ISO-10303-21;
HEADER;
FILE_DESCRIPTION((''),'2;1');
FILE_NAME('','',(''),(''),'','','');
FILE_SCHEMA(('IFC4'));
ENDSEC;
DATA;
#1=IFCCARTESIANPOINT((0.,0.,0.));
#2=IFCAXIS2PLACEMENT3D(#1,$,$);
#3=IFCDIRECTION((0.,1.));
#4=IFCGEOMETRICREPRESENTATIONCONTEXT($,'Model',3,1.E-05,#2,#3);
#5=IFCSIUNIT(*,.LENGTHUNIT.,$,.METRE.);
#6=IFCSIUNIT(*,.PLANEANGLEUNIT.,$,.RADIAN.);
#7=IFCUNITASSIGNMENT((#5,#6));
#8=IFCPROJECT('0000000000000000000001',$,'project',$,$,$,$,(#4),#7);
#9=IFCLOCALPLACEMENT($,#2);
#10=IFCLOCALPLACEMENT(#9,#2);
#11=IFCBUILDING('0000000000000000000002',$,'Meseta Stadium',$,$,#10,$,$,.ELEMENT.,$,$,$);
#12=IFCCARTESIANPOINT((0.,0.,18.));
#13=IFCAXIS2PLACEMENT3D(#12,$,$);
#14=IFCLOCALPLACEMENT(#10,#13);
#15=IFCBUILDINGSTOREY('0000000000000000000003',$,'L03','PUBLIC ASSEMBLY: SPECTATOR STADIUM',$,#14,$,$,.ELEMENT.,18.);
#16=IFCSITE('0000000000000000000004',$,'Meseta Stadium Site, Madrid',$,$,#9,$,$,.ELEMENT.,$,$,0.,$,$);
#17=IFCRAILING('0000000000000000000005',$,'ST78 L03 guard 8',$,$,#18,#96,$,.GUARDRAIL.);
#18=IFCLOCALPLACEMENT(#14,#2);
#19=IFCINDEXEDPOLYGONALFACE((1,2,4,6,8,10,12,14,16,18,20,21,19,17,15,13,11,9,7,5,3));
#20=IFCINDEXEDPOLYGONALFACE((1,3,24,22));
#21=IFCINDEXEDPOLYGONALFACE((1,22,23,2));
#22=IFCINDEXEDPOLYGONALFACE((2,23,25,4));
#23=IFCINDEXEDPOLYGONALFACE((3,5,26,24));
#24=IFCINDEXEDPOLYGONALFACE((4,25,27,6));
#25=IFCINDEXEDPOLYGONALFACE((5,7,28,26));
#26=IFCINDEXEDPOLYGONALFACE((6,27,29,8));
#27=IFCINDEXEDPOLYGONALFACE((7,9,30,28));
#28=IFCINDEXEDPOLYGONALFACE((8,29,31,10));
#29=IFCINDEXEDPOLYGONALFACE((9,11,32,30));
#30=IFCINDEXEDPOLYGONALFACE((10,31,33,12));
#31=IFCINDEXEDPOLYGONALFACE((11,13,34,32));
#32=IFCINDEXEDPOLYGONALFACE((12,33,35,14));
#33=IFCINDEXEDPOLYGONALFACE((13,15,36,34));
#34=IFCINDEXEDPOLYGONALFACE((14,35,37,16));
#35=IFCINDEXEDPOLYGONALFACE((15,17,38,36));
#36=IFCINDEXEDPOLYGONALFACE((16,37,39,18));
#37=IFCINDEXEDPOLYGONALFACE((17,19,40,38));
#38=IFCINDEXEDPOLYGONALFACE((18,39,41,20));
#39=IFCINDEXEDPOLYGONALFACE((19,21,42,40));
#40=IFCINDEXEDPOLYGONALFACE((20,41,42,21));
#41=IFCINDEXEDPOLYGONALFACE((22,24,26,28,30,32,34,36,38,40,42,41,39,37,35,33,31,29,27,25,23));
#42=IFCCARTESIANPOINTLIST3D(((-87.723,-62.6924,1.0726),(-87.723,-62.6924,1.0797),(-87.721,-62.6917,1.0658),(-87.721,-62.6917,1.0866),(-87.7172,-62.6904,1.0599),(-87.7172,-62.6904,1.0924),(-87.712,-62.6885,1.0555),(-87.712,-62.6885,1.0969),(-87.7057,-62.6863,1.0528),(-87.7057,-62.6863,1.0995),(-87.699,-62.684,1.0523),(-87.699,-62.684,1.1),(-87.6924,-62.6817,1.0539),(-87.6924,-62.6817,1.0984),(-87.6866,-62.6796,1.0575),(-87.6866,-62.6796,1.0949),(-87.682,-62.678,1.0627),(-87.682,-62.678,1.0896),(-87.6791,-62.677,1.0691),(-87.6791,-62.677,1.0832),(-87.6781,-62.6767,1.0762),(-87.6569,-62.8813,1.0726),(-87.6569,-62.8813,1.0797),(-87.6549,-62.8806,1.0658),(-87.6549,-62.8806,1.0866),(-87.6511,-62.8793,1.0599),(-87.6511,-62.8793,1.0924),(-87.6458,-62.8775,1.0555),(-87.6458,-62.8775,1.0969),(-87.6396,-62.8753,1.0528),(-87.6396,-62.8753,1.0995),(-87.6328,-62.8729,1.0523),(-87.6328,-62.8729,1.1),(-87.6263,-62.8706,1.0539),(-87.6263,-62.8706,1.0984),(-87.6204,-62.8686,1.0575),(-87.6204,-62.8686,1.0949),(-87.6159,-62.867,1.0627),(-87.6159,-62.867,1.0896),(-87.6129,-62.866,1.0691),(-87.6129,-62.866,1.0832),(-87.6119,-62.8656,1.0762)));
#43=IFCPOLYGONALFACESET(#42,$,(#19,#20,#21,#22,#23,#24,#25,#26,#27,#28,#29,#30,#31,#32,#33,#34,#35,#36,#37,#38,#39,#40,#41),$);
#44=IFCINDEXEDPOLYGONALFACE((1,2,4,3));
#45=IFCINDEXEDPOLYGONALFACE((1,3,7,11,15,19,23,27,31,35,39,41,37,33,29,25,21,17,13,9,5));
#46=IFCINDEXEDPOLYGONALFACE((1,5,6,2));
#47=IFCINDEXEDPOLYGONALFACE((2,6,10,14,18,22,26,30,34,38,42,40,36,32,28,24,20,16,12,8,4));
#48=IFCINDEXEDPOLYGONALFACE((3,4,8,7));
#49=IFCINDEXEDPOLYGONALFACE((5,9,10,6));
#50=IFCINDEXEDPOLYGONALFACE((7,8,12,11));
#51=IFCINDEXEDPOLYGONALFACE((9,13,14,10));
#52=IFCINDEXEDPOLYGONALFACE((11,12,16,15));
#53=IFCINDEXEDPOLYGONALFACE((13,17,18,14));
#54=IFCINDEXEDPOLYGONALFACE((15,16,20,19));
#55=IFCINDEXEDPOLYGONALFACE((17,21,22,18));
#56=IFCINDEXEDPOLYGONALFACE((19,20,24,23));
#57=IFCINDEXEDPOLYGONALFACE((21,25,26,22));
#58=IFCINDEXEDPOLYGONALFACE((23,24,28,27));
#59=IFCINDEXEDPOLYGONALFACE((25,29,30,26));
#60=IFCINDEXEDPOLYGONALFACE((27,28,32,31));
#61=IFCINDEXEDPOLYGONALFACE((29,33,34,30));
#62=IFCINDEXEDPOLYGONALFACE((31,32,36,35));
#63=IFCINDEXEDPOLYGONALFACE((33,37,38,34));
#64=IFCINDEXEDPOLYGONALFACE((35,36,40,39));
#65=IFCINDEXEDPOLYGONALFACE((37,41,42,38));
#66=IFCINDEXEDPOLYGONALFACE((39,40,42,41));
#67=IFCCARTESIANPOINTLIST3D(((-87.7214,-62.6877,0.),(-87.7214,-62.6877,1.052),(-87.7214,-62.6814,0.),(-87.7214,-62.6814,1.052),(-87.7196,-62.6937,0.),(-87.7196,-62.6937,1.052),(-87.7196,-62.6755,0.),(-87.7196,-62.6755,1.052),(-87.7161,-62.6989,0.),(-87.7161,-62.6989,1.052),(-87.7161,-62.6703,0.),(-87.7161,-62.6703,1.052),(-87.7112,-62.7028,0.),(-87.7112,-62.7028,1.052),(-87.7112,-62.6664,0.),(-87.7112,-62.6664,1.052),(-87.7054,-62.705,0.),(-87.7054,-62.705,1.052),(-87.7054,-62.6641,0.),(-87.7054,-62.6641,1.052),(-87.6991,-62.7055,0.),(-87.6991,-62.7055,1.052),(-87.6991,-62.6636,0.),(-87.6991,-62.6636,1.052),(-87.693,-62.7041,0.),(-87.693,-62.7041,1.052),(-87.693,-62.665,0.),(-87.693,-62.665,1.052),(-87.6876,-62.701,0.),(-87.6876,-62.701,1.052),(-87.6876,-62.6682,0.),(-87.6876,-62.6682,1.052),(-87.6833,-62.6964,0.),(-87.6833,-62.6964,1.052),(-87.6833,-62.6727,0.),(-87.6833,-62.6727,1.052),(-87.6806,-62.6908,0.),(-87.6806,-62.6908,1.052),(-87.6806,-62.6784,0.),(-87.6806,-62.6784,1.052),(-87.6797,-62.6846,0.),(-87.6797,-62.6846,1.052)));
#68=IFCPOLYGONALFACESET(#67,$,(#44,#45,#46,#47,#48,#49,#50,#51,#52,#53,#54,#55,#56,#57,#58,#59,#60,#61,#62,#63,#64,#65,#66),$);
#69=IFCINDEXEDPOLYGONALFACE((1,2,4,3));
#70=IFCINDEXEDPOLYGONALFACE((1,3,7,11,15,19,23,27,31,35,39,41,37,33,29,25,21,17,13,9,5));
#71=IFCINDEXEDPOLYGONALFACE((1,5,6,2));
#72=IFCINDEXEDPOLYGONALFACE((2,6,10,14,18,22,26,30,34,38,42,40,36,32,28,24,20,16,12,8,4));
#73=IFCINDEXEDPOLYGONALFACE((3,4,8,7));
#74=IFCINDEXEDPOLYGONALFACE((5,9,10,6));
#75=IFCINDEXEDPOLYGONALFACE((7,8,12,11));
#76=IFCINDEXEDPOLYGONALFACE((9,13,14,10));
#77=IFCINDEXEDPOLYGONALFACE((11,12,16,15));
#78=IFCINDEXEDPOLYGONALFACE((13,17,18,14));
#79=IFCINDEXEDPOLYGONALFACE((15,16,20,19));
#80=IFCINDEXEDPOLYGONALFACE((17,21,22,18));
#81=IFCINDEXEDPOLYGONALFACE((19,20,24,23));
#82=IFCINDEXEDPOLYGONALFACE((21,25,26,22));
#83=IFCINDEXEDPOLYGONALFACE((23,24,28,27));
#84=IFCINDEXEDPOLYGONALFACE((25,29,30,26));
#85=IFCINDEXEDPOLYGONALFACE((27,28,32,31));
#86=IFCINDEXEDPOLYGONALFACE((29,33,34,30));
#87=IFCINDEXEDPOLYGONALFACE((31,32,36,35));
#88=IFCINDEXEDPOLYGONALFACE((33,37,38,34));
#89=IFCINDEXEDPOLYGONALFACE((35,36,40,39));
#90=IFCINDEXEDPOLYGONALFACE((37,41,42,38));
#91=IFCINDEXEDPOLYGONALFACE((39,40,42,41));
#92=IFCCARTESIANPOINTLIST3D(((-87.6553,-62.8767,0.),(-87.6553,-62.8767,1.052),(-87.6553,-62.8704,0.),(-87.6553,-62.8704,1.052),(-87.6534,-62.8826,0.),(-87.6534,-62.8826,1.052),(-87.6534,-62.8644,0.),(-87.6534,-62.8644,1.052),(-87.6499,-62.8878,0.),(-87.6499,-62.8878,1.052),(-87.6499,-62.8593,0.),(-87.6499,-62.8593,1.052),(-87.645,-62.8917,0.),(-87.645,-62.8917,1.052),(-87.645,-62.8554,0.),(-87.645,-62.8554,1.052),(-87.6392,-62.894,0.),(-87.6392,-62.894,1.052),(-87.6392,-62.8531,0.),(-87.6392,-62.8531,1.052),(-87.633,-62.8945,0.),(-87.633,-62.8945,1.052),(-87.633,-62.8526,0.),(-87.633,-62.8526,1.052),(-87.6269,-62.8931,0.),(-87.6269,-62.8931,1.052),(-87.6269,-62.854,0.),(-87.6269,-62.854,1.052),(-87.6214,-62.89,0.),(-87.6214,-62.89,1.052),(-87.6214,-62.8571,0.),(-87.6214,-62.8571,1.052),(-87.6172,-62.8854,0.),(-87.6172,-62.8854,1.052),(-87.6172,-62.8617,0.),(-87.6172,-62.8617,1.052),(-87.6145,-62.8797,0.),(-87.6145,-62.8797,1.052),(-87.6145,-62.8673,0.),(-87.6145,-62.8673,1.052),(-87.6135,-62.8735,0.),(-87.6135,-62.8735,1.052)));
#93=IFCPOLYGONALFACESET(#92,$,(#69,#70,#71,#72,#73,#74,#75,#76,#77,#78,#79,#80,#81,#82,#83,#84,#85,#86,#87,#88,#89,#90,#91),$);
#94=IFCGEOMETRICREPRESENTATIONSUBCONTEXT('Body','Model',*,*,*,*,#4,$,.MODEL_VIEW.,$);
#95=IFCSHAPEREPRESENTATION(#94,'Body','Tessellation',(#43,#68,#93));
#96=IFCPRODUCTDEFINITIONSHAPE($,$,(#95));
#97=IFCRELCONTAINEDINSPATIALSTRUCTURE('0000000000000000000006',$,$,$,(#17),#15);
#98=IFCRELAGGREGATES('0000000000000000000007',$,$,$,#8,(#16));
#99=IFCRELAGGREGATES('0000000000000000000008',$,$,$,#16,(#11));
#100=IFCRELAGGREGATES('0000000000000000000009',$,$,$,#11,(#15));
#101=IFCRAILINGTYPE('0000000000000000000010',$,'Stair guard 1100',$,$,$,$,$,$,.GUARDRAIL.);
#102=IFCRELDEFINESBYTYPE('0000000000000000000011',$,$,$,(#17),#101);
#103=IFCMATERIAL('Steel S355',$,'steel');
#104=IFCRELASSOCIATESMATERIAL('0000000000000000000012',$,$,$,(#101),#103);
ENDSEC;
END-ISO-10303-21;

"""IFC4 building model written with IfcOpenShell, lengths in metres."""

from ifc_helpers import new_model, si_unit, direction, frame, origin, origin_2d, place, context, subcontext, project, spatial, circle, extrude, material, type_object, element, save


model = new_model("IFC4")

# Units and contexts
model_context = context("Model", 3, precision=1e-05, world=origin(), true_north=direction((0.0, 1.0)))
body_context = subcontext(model_context, "Body", "Model", "MODEL_VIEW")
ifc_project = project(units=[si_unit("LENGTHUNIT", "METRE"), si_unit("PLANEANGLEUNIT", "RADIAN")], contexts=[model_context])

# Site, building, storey
site_placement = place(None, origin())
site = spatial("IfcSite", under=ifc_project, at=site_placement, Name="Meseta Stadium Site, Madrid", CompositionType="ELEMENT", RefElevation=0.0)
building_placement = place(site_placement, origin())
building = spatial("IfcBuilding", under=site, at=building_placement, Name="Meseta Stadium", CompositionType="ELEMENT")
storey_placement = place(building_placement, frame((0.0, 0.0, 18.0)))
storey = spatial("IfcBuildingStorey", under=building, at=storey_placement, Name="L03", Description="PUBLIC ASSEMBLY: SPECTATOR STADIUM", CompositionType="ELEMENT", Elevation=18.0)

# Railing
ifc_material_1 = material(Name="Steel S355", Category="steel")
railing_type_1 = type_object("IfcRailingType", Name="Stair guard 1100", PredefinedType="GUARDRAIL", material=ifc_material_1)
railing_1_placement = place(storey_placement, frame((-87.7007, -62.6846, 0.0)))
element("IfcRailing", 1, at=railing_1_placement, inside=storey, type_object=railing_type_1, Name="ST78 L03 guard 8", PredefinedType="GUARDRAIL", context=body_context, shape_type="SweptSolid", body=[
    extrude(circle(Radius=0.0239, at=origin_2d()), frame((0.0, 0.0, 1.0762), z_axis=(0.330459, -0.94382, 0.0), x_axis=(0.94382, 0.330459, 0.0)), (0.0, 0.0, 1.0), 0.2002),
    extrude(circle(Radius=0.021, at=origin_2d()), origin(), (0.0, 0.0, 1.0), 1.052),
    extrude(circle(Radius=0.021, at=origin_2d()), frame((0.0662, -0.189, 0.0)), (0.0, 0.0, 1.0), 1.052),
])

save(model, "model.ifc")
